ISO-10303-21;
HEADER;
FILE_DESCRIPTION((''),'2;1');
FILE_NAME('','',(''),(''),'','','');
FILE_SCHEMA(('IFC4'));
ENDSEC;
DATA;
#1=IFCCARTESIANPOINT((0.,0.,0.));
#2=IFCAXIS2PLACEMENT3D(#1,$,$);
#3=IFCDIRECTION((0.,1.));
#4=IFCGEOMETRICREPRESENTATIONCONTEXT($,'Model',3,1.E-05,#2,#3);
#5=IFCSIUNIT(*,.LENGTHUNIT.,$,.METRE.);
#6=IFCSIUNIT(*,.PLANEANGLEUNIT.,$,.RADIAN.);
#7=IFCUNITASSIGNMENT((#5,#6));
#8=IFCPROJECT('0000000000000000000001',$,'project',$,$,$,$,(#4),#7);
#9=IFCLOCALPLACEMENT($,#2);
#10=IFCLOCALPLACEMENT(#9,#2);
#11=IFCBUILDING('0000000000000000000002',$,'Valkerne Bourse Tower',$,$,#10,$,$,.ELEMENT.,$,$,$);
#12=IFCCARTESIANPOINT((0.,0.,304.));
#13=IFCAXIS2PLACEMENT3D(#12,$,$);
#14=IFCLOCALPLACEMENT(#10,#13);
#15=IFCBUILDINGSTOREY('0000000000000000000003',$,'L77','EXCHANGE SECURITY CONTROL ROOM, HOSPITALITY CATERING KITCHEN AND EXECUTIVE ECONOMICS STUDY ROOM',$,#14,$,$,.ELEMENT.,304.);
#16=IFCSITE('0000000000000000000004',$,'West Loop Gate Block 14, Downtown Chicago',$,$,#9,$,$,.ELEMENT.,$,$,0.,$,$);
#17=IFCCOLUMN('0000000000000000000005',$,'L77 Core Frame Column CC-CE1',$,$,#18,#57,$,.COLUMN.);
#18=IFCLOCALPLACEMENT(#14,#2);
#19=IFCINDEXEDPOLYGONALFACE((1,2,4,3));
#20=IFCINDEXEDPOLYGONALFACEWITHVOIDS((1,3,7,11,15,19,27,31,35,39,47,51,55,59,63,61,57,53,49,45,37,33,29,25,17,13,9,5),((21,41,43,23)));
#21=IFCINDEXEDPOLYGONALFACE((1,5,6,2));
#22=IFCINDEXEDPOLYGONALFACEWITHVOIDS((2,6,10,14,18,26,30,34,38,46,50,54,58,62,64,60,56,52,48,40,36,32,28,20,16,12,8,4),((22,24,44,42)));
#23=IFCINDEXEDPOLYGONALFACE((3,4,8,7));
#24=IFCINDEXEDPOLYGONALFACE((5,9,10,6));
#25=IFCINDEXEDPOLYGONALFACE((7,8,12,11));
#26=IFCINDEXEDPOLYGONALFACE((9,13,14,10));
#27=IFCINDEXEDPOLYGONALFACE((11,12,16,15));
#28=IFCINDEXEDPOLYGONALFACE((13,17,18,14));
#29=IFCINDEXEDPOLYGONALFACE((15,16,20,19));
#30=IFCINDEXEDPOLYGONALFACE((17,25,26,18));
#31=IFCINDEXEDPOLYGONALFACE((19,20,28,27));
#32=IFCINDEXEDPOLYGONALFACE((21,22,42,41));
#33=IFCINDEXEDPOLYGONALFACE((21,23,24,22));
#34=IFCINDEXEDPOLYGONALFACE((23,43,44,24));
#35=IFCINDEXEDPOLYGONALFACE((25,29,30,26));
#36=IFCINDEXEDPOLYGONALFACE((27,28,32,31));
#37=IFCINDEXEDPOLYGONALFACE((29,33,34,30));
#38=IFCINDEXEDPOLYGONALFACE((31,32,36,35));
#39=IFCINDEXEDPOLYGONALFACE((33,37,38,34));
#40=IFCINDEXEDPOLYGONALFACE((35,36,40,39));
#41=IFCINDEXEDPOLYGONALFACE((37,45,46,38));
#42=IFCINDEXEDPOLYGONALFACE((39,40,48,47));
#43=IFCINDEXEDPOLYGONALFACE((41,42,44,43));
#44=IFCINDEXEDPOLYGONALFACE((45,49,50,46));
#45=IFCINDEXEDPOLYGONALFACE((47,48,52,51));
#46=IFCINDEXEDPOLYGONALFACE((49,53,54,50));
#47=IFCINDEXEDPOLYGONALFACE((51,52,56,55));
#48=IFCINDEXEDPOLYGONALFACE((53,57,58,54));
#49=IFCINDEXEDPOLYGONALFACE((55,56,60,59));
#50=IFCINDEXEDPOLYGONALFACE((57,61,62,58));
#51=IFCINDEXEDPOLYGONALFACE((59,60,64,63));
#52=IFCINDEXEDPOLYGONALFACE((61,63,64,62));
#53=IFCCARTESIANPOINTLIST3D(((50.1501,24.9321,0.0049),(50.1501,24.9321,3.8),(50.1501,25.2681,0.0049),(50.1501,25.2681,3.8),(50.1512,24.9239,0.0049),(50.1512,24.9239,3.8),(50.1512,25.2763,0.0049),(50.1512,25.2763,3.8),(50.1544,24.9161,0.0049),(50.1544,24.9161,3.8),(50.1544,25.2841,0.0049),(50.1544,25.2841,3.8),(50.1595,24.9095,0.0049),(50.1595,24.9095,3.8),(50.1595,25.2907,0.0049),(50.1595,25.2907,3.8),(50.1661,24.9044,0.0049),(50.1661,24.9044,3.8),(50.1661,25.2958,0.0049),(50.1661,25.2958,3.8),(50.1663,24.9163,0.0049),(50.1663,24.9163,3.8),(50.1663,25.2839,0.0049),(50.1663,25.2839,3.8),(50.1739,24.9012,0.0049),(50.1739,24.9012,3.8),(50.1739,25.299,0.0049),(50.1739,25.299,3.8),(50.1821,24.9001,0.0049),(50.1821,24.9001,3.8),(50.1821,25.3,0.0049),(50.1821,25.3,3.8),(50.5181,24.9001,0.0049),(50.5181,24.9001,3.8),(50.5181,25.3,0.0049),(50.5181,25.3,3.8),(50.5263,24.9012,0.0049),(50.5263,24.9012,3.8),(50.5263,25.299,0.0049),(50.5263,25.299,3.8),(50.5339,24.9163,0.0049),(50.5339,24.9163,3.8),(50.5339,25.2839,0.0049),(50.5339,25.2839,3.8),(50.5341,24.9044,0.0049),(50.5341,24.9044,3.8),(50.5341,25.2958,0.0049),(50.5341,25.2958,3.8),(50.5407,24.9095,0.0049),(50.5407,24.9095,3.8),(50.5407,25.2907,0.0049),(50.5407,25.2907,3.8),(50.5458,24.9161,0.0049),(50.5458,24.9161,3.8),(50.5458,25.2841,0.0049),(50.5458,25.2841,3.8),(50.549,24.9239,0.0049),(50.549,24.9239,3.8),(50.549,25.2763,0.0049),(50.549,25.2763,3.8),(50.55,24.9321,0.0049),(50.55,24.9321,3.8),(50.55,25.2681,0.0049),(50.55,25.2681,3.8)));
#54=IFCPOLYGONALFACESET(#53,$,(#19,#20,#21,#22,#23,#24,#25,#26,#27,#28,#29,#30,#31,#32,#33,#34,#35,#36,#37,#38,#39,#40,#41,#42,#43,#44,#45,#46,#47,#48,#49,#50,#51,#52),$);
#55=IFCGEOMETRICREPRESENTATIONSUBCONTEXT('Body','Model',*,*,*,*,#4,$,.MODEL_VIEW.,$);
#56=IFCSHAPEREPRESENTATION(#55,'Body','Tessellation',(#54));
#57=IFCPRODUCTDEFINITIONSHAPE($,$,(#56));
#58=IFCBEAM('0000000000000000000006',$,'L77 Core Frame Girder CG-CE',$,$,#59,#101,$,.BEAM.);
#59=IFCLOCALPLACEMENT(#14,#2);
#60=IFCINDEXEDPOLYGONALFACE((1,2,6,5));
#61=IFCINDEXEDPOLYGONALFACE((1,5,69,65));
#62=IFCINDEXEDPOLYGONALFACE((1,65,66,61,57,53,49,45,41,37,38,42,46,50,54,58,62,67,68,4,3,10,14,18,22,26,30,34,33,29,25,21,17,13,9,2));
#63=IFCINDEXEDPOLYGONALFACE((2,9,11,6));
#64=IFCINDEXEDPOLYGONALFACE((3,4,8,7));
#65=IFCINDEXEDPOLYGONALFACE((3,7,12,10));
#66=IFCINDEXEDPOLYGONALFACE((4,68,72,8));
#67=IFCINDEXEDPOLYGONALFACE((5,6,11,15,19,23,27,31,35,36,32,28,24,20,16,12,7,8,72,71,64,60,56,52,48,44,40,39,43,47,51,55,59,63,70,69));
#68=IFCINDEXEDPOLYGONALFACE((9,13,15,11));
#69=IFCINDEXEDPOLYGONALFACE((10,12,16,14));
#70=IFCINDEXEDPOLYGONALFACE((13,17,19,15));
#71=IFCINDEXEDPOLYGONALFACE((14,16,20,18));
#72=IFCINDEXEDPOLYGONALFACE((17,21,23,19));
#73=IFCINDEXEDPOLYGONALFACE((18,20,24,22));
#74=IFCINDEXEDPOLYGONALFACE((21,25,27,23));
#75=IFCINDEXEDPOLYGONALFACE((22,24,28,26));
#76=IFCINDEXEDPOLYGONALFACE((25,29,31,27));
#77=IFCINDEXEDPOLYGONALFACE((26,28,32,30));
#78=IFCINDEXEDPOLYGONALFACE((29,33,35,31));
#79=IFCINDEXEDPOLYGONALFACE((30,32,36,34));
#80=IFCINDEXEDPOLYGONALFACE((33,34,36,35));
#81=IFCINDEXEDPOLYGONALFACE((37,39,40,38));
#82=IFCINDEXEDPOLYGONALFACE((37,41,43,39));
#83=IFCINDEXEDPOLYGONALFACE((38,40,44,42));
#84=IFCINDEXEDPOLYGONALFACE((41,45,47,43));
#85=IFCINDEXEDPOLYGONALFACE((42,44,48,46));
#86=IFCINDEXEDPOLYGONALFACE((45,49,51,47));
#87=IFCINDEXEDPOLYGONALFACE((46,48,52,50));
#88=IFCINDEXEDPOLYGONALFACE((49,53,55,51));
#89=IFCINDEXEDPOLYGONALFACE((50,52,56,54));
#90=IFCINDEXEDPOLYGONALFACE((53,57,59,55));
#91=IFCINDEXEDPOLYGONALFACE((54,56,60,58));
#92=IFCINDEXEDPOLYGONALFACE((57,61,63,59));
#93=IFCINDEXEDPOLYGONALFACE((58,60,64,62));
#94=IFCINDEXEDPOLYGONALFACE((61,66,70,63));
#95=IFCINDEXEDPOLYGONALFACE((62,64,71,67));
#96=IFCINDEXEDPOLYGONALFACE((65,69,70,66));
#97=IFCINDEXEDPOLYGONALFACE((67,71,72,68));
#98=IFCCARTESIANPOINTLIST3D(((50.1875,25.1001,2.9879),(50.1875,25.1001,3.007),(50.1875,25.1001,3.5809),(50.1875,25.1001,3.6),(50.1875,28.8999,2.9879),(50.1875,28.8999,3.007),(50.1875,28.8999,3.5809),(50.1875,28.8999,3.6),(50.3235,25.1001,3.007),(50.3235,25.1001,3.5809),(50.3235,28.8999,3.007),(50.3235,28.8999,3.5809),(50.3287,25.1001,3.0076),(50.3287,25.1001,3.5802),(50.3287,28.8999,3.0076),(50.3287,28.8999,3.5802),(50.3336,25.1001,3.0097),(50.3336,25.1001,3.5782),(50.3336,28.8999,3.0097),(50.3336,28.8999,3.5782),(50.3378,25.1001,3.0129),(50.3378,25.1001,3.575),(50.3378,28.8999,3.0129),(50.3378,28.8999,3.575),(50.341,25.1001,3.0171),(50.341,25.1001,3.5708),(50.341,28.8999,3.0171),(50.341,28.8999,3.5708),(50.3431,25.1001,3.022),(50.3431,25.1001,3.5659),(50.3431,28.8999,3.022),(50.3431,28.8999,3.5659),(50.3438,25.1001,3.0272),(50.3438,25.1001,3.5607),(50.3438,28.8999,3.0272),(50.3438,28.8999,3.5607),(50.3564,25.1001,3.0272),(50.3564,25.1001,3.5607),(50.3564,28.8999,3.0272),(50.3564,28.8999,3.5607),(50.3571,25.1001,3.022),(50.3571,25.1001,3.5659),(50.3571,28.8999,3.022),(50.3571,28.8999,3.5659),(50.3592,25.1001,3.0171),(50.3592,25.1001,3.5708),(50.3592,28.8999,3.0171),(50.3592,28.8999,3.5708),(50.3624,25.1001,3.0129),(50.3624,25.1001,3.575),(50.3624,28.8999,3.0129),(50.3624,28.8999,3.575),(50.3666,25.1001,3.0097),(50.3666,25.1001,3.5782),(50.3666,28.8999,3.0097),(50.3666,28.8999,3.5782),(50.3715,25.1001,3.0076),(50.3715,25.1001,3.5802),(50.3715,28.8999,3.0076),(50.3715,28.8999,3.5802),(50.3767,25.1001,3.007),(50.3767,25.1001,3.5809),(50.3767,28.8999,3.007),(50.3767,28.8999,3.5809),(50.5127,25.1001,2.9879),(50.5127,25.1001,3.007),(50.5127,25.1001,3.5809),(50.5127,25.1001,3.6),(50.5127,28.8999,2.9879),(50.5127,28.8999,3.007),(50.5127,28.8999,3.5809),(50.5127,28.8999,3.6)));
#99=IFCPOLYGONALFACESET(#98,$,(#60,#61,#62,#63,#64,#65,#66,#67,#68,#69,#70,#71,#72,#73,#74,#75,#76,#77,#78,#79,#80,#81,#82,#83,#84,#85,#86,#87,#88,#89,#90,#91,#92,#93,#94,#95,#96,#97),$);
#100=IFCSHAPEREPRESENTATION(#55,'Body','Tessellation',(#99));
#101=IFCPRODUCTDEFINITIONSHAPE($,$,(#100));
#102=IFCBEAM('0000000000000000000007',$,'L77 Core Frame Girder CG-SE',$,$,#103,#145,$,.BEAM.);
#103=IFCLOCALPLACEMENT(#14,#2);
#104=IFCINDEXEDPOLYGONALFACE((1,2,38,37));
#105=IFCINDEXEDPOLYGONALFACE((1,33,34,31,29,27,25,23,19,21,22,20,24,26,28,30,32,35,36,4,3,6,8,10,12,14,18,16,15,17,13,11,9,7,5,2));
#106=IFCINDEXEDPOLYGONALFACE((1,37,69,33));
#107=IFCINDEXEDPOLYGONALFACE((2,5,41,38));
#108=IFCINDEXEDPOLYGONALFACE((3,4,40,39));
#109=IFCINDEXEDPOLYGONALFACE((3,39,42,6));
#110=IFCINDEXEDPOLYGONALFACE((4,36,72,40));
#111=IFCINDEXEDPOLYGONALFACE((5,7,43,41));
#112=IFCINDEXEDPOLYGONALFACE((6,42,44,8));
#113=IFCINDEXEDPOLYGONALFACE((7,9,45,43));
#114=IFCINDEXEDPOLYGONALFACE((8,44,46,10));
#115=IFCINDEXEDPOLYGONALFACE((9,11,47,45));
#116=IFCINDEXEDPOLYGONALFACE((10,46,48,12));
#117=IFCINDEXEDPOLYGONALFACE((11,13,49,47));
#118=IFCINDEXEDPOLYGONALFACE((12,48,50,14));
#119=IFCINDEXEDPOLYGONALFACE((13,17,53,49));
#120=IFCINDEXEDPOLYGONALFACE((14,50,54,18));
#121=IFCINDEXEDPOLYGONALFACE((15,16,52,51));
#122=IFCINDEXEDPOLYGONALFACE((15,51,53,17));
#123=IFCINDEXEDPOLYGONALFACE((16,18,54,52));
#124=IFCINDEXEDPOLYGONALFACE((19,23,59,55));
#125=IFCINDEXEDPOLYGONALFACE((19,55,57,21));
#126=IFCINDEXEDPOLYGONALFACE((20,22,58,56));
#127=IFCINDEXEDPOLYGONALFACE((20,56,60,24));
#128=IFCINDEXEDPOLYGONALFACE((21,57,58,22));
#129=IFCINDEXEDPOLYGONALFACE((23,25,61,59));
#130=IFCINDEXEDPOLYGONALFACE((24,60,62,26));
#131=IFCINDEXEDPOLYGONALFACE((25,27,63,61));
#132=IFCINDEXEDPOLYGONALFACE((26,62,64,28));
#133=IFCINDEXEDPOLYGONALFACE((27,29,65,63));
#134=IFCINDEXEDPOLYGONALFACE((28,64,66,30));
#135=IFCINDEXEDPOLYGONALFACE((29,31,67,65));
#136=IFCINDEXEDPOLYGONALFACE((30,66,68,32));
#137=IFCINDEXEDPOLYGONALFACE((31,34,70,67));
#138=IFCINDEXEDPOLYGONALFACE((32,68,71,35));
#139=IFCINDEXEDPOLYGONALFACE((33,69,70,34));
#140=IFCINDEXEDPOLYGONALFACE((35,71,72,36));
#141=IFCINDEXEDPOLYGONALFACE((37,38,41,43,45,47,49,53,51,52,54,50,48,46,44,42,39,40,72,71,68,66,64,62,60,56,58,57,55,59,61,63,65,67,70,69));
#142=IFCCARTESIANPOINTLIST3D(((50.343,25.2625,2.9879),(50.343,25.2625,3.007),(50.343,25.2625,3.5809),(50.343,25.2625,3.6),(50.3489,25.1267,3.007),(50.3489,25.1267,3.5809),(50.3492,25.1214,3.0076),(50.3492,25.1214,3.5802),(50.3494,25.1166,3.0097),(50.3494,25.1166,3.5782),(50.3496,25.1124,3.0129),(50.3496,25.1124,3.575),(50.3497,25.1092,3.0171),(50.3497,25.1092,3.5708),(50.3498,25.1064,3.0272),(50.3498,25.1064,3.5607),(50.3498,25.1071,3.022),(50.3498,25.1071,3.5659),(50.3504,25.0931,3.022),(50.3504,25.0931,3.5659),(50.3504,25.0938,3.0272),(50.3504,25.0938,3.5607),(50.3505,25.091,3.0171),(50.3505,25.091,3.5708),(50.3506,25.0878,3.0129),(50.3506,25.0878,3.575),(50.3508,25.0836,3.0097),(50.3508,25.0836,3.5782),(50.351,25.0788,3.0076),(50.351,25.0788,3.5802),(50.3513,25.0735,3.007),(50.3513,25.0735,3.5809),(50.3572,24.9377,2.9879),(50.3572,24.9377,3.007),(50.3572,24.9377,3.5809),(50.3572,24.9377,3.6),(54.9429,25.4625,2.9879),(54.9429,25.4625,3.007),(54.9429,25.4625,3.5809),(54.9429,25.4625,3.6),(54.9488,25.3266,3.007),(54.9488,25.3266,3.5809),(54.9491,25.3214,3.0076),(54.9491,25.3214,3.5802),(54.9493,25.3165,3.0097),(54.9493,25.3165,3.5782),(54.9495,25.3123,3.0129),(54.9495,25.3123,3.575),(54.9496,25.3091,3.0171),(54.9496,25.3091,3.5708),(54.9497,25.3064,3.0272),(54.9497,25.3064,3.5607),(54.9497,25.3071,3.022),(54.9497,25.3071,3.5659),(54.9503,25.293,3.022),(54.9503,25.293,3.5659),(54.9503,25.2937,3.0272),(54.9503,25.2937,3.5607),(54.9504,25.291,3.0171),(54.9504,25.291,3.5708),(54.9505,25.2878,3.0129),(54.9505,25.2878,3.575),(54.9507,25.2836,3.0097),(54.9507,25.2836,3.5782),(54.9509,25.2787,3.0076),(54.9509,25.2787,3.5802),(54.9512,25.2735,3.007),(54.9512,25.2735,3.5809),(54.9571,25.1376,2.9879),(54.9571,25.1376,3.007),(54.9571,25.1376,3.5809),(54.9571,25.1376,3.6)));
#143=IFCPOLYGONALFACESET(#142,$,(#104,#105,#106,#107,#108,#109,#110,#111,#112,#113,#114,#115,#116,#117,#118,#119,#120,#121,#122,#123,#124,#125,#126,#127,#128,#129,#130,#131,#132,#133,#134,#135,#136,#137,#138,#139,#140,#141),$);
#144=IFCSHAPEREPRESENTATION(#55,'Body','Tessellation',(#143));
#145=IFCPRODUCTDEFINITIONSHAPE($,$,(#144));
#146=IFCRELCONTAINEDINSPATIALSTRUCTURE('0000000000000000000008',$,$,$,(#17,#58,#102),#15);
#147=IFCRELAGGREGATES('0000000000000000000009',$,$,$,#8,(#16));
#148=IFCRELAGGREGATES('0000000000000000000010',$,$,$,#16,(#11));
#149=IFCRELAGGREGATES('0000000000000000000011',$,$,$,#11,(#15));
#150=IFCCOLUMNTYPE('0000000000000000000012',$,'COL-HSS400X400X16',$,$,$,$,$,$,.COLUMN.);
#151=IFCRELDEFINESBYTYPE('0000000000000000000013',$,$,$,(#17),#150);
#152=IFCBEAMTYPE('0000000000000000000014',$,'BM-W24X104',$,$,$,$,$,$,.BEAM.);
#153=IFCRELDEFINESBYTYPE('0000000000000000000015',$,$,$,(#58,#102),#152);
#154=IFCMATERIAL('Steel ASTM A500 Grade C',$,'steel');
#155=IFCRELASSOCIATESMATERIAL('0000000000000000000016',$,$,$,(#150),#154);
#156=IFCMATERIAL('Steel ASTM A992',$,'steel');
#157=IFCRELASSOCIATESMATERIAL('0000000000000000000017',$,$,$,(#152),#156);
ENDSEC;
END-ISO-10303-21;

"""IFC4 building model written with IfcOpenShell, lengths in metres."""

from ifc_helpers import new_model, si_unit, direction, frame, origin, origin_2d, place, context, subcontext, project, spatial, hollow_rectangle, i_section, extrude, material, material_profile, profile_set, type_object, element, save


model = new_model("IFC4")

# Units and contexts
model_context = context("Model", 3, precision=1e-05, world=origin(), true_north=direction((0.0, 1.0)))
body_context = subcontext(model_context, "Body", "Model", "MODEL_VIEW")
ifc_project = project(units=[si_unit("LENGTHUNIT", "METRE"), si_unit("PLANEANGLEUNIT", "RADIAN")], contexts=[model_context])

# Site, building, storey
site_placement = place(None, origin())
site = spatial("IfcSite", under=ifc_project, at=site_placement, Name="West Loop Gate Block 14, Downtown Chicago", CompositionType="ELEMENT", RefElevation=0.0)
building_placement = place(site_placement, origin())
building = spatial("IfcBuilding", under=site, at=building_placement, Name="Valkerne Bourse Tower", CompositionType="ELEMENT")
storey_placement = place(building_placement, frame((0.0, 0.0, 304.0)))
storey = spatial("IfcBuildingStorey", under=building, at=storey_placement, Name="L77", Description="EXCHANGE SECURITY CONTROL ROOM, HOSPITALITY CATERING KITCHEN AND EXECUTIVE ECONOMICS STUDY ROOM", CompositionType="ELEMENT", Elevation=304.0)

# Column
ifc_material_1 = material(Name="Steel ASTM A500 Grade C", Category="steel")
ifc_material_profile_1 = material_profile(ifc_material_1, hollow_rectangle(XDim=0.3999, YDim=0.3999, WallThickness=0.0161, OuterFilletRadius=0.032, at=origin_2d()), Name="HSS400X400X16")
ifc_profile_set_1 = profile_set([ifc_material_profile_1], Name="Steel ASTM A500 Grade C")
column_type = type_object("IfcColumnType", Name="COL-HSS400X400X16", PredefinedType="COLUMN", material=ifc_profile_set_1)
column_placement = place(storey_placement, frame((50.3501, 25.1001, 0.0049), z_axis=(0.0, 0.0, 1.0), x_axis=(1.0, 0.0, 0.0)))
element("IfcColumn", 1, at=column_placement, inside=storey, type_object=column_type, Name="L77 Core Frame Column CC-CE1", PredefinedType="COLUMN", context=body_context, shape_type="SweptSolid", body=[
    extrude(hollow_rectangle(XDim=0.3999, YDim=0.3999, WallThickness=0.0161, OuterFilletRadius=0.032, at=origin_2d()), origin(), (0.0, 0.0, 1.0), 3.7952),
])

# Beams
ifc_material_2 = material(Name="Steel ASTM A992", Category="steel")
ifc_material_profile_2 = material_profile(ifc_material_2, i_section(OverallWidth=0.3252, OverallDepth=0.6121, WebThickness=0.0127, FlangeThickness=0.019, FilletRadius=0.0203, at=origin_2d()), Name="W24X104")
ifc_profile_set_2 = profile_set([ifc_material_profile_2], Name="Steel ASTM A992")
beam_type = type_object("IfcBeamType", Name="BM-W24X104", PredefinedType="BEAM", material=ifc_profile_set_2)
beam_1_placement = place(storey_placement, frame((50.3501, 25.1001, 3.2939), z_axis=(0.0, 1.0, 0.0), x_axis=(-1.0, 0.0, 0.0)))
element("IfcBeam", 2, at=beam_1_placement, inside=storey, type_object=beam_type, Name="L77 Core Frame Girder CG-CE", PredefinedType="BEAM", context=body_context, shape_type="SweptSolid", body=[
    extrude(i_section(OverallWidth=0.3252, OverallDepth=0.6121, WebThickness=0.0127, FlangeThickness=0.019, FilletRadius=0.0203, at=origin_2d()), origin(), (0.0, 0.0, 1.0), 3.7998),
])
beam_2_placement = place(storey_placement, frame((50.3501, 25.1001, 3.2939), z_axis=(0.999057, 0.043428, 0.0), x_axis=(-0.043428, 0.999057, 0.0)))
element("IfcBeam", 3, at=beam_2_placement, inside=storey, type_object=beam_type, Name="L77 Core Frame Girder CG-SE", PredefinedType="BEAM", context=body_context, shape_type="SweptSolid", body=[
    extrude(i_section(OverallWidth=0.3252, OverallDepth=0.6121, WebThickness=0.0127, FlangeThickness=0.019, FilletRadius=0.0203, at=origin_2d()), origin(), (0.0, 0.0, 1.0), 4.6042),
])

save(model, "model.ifc")
